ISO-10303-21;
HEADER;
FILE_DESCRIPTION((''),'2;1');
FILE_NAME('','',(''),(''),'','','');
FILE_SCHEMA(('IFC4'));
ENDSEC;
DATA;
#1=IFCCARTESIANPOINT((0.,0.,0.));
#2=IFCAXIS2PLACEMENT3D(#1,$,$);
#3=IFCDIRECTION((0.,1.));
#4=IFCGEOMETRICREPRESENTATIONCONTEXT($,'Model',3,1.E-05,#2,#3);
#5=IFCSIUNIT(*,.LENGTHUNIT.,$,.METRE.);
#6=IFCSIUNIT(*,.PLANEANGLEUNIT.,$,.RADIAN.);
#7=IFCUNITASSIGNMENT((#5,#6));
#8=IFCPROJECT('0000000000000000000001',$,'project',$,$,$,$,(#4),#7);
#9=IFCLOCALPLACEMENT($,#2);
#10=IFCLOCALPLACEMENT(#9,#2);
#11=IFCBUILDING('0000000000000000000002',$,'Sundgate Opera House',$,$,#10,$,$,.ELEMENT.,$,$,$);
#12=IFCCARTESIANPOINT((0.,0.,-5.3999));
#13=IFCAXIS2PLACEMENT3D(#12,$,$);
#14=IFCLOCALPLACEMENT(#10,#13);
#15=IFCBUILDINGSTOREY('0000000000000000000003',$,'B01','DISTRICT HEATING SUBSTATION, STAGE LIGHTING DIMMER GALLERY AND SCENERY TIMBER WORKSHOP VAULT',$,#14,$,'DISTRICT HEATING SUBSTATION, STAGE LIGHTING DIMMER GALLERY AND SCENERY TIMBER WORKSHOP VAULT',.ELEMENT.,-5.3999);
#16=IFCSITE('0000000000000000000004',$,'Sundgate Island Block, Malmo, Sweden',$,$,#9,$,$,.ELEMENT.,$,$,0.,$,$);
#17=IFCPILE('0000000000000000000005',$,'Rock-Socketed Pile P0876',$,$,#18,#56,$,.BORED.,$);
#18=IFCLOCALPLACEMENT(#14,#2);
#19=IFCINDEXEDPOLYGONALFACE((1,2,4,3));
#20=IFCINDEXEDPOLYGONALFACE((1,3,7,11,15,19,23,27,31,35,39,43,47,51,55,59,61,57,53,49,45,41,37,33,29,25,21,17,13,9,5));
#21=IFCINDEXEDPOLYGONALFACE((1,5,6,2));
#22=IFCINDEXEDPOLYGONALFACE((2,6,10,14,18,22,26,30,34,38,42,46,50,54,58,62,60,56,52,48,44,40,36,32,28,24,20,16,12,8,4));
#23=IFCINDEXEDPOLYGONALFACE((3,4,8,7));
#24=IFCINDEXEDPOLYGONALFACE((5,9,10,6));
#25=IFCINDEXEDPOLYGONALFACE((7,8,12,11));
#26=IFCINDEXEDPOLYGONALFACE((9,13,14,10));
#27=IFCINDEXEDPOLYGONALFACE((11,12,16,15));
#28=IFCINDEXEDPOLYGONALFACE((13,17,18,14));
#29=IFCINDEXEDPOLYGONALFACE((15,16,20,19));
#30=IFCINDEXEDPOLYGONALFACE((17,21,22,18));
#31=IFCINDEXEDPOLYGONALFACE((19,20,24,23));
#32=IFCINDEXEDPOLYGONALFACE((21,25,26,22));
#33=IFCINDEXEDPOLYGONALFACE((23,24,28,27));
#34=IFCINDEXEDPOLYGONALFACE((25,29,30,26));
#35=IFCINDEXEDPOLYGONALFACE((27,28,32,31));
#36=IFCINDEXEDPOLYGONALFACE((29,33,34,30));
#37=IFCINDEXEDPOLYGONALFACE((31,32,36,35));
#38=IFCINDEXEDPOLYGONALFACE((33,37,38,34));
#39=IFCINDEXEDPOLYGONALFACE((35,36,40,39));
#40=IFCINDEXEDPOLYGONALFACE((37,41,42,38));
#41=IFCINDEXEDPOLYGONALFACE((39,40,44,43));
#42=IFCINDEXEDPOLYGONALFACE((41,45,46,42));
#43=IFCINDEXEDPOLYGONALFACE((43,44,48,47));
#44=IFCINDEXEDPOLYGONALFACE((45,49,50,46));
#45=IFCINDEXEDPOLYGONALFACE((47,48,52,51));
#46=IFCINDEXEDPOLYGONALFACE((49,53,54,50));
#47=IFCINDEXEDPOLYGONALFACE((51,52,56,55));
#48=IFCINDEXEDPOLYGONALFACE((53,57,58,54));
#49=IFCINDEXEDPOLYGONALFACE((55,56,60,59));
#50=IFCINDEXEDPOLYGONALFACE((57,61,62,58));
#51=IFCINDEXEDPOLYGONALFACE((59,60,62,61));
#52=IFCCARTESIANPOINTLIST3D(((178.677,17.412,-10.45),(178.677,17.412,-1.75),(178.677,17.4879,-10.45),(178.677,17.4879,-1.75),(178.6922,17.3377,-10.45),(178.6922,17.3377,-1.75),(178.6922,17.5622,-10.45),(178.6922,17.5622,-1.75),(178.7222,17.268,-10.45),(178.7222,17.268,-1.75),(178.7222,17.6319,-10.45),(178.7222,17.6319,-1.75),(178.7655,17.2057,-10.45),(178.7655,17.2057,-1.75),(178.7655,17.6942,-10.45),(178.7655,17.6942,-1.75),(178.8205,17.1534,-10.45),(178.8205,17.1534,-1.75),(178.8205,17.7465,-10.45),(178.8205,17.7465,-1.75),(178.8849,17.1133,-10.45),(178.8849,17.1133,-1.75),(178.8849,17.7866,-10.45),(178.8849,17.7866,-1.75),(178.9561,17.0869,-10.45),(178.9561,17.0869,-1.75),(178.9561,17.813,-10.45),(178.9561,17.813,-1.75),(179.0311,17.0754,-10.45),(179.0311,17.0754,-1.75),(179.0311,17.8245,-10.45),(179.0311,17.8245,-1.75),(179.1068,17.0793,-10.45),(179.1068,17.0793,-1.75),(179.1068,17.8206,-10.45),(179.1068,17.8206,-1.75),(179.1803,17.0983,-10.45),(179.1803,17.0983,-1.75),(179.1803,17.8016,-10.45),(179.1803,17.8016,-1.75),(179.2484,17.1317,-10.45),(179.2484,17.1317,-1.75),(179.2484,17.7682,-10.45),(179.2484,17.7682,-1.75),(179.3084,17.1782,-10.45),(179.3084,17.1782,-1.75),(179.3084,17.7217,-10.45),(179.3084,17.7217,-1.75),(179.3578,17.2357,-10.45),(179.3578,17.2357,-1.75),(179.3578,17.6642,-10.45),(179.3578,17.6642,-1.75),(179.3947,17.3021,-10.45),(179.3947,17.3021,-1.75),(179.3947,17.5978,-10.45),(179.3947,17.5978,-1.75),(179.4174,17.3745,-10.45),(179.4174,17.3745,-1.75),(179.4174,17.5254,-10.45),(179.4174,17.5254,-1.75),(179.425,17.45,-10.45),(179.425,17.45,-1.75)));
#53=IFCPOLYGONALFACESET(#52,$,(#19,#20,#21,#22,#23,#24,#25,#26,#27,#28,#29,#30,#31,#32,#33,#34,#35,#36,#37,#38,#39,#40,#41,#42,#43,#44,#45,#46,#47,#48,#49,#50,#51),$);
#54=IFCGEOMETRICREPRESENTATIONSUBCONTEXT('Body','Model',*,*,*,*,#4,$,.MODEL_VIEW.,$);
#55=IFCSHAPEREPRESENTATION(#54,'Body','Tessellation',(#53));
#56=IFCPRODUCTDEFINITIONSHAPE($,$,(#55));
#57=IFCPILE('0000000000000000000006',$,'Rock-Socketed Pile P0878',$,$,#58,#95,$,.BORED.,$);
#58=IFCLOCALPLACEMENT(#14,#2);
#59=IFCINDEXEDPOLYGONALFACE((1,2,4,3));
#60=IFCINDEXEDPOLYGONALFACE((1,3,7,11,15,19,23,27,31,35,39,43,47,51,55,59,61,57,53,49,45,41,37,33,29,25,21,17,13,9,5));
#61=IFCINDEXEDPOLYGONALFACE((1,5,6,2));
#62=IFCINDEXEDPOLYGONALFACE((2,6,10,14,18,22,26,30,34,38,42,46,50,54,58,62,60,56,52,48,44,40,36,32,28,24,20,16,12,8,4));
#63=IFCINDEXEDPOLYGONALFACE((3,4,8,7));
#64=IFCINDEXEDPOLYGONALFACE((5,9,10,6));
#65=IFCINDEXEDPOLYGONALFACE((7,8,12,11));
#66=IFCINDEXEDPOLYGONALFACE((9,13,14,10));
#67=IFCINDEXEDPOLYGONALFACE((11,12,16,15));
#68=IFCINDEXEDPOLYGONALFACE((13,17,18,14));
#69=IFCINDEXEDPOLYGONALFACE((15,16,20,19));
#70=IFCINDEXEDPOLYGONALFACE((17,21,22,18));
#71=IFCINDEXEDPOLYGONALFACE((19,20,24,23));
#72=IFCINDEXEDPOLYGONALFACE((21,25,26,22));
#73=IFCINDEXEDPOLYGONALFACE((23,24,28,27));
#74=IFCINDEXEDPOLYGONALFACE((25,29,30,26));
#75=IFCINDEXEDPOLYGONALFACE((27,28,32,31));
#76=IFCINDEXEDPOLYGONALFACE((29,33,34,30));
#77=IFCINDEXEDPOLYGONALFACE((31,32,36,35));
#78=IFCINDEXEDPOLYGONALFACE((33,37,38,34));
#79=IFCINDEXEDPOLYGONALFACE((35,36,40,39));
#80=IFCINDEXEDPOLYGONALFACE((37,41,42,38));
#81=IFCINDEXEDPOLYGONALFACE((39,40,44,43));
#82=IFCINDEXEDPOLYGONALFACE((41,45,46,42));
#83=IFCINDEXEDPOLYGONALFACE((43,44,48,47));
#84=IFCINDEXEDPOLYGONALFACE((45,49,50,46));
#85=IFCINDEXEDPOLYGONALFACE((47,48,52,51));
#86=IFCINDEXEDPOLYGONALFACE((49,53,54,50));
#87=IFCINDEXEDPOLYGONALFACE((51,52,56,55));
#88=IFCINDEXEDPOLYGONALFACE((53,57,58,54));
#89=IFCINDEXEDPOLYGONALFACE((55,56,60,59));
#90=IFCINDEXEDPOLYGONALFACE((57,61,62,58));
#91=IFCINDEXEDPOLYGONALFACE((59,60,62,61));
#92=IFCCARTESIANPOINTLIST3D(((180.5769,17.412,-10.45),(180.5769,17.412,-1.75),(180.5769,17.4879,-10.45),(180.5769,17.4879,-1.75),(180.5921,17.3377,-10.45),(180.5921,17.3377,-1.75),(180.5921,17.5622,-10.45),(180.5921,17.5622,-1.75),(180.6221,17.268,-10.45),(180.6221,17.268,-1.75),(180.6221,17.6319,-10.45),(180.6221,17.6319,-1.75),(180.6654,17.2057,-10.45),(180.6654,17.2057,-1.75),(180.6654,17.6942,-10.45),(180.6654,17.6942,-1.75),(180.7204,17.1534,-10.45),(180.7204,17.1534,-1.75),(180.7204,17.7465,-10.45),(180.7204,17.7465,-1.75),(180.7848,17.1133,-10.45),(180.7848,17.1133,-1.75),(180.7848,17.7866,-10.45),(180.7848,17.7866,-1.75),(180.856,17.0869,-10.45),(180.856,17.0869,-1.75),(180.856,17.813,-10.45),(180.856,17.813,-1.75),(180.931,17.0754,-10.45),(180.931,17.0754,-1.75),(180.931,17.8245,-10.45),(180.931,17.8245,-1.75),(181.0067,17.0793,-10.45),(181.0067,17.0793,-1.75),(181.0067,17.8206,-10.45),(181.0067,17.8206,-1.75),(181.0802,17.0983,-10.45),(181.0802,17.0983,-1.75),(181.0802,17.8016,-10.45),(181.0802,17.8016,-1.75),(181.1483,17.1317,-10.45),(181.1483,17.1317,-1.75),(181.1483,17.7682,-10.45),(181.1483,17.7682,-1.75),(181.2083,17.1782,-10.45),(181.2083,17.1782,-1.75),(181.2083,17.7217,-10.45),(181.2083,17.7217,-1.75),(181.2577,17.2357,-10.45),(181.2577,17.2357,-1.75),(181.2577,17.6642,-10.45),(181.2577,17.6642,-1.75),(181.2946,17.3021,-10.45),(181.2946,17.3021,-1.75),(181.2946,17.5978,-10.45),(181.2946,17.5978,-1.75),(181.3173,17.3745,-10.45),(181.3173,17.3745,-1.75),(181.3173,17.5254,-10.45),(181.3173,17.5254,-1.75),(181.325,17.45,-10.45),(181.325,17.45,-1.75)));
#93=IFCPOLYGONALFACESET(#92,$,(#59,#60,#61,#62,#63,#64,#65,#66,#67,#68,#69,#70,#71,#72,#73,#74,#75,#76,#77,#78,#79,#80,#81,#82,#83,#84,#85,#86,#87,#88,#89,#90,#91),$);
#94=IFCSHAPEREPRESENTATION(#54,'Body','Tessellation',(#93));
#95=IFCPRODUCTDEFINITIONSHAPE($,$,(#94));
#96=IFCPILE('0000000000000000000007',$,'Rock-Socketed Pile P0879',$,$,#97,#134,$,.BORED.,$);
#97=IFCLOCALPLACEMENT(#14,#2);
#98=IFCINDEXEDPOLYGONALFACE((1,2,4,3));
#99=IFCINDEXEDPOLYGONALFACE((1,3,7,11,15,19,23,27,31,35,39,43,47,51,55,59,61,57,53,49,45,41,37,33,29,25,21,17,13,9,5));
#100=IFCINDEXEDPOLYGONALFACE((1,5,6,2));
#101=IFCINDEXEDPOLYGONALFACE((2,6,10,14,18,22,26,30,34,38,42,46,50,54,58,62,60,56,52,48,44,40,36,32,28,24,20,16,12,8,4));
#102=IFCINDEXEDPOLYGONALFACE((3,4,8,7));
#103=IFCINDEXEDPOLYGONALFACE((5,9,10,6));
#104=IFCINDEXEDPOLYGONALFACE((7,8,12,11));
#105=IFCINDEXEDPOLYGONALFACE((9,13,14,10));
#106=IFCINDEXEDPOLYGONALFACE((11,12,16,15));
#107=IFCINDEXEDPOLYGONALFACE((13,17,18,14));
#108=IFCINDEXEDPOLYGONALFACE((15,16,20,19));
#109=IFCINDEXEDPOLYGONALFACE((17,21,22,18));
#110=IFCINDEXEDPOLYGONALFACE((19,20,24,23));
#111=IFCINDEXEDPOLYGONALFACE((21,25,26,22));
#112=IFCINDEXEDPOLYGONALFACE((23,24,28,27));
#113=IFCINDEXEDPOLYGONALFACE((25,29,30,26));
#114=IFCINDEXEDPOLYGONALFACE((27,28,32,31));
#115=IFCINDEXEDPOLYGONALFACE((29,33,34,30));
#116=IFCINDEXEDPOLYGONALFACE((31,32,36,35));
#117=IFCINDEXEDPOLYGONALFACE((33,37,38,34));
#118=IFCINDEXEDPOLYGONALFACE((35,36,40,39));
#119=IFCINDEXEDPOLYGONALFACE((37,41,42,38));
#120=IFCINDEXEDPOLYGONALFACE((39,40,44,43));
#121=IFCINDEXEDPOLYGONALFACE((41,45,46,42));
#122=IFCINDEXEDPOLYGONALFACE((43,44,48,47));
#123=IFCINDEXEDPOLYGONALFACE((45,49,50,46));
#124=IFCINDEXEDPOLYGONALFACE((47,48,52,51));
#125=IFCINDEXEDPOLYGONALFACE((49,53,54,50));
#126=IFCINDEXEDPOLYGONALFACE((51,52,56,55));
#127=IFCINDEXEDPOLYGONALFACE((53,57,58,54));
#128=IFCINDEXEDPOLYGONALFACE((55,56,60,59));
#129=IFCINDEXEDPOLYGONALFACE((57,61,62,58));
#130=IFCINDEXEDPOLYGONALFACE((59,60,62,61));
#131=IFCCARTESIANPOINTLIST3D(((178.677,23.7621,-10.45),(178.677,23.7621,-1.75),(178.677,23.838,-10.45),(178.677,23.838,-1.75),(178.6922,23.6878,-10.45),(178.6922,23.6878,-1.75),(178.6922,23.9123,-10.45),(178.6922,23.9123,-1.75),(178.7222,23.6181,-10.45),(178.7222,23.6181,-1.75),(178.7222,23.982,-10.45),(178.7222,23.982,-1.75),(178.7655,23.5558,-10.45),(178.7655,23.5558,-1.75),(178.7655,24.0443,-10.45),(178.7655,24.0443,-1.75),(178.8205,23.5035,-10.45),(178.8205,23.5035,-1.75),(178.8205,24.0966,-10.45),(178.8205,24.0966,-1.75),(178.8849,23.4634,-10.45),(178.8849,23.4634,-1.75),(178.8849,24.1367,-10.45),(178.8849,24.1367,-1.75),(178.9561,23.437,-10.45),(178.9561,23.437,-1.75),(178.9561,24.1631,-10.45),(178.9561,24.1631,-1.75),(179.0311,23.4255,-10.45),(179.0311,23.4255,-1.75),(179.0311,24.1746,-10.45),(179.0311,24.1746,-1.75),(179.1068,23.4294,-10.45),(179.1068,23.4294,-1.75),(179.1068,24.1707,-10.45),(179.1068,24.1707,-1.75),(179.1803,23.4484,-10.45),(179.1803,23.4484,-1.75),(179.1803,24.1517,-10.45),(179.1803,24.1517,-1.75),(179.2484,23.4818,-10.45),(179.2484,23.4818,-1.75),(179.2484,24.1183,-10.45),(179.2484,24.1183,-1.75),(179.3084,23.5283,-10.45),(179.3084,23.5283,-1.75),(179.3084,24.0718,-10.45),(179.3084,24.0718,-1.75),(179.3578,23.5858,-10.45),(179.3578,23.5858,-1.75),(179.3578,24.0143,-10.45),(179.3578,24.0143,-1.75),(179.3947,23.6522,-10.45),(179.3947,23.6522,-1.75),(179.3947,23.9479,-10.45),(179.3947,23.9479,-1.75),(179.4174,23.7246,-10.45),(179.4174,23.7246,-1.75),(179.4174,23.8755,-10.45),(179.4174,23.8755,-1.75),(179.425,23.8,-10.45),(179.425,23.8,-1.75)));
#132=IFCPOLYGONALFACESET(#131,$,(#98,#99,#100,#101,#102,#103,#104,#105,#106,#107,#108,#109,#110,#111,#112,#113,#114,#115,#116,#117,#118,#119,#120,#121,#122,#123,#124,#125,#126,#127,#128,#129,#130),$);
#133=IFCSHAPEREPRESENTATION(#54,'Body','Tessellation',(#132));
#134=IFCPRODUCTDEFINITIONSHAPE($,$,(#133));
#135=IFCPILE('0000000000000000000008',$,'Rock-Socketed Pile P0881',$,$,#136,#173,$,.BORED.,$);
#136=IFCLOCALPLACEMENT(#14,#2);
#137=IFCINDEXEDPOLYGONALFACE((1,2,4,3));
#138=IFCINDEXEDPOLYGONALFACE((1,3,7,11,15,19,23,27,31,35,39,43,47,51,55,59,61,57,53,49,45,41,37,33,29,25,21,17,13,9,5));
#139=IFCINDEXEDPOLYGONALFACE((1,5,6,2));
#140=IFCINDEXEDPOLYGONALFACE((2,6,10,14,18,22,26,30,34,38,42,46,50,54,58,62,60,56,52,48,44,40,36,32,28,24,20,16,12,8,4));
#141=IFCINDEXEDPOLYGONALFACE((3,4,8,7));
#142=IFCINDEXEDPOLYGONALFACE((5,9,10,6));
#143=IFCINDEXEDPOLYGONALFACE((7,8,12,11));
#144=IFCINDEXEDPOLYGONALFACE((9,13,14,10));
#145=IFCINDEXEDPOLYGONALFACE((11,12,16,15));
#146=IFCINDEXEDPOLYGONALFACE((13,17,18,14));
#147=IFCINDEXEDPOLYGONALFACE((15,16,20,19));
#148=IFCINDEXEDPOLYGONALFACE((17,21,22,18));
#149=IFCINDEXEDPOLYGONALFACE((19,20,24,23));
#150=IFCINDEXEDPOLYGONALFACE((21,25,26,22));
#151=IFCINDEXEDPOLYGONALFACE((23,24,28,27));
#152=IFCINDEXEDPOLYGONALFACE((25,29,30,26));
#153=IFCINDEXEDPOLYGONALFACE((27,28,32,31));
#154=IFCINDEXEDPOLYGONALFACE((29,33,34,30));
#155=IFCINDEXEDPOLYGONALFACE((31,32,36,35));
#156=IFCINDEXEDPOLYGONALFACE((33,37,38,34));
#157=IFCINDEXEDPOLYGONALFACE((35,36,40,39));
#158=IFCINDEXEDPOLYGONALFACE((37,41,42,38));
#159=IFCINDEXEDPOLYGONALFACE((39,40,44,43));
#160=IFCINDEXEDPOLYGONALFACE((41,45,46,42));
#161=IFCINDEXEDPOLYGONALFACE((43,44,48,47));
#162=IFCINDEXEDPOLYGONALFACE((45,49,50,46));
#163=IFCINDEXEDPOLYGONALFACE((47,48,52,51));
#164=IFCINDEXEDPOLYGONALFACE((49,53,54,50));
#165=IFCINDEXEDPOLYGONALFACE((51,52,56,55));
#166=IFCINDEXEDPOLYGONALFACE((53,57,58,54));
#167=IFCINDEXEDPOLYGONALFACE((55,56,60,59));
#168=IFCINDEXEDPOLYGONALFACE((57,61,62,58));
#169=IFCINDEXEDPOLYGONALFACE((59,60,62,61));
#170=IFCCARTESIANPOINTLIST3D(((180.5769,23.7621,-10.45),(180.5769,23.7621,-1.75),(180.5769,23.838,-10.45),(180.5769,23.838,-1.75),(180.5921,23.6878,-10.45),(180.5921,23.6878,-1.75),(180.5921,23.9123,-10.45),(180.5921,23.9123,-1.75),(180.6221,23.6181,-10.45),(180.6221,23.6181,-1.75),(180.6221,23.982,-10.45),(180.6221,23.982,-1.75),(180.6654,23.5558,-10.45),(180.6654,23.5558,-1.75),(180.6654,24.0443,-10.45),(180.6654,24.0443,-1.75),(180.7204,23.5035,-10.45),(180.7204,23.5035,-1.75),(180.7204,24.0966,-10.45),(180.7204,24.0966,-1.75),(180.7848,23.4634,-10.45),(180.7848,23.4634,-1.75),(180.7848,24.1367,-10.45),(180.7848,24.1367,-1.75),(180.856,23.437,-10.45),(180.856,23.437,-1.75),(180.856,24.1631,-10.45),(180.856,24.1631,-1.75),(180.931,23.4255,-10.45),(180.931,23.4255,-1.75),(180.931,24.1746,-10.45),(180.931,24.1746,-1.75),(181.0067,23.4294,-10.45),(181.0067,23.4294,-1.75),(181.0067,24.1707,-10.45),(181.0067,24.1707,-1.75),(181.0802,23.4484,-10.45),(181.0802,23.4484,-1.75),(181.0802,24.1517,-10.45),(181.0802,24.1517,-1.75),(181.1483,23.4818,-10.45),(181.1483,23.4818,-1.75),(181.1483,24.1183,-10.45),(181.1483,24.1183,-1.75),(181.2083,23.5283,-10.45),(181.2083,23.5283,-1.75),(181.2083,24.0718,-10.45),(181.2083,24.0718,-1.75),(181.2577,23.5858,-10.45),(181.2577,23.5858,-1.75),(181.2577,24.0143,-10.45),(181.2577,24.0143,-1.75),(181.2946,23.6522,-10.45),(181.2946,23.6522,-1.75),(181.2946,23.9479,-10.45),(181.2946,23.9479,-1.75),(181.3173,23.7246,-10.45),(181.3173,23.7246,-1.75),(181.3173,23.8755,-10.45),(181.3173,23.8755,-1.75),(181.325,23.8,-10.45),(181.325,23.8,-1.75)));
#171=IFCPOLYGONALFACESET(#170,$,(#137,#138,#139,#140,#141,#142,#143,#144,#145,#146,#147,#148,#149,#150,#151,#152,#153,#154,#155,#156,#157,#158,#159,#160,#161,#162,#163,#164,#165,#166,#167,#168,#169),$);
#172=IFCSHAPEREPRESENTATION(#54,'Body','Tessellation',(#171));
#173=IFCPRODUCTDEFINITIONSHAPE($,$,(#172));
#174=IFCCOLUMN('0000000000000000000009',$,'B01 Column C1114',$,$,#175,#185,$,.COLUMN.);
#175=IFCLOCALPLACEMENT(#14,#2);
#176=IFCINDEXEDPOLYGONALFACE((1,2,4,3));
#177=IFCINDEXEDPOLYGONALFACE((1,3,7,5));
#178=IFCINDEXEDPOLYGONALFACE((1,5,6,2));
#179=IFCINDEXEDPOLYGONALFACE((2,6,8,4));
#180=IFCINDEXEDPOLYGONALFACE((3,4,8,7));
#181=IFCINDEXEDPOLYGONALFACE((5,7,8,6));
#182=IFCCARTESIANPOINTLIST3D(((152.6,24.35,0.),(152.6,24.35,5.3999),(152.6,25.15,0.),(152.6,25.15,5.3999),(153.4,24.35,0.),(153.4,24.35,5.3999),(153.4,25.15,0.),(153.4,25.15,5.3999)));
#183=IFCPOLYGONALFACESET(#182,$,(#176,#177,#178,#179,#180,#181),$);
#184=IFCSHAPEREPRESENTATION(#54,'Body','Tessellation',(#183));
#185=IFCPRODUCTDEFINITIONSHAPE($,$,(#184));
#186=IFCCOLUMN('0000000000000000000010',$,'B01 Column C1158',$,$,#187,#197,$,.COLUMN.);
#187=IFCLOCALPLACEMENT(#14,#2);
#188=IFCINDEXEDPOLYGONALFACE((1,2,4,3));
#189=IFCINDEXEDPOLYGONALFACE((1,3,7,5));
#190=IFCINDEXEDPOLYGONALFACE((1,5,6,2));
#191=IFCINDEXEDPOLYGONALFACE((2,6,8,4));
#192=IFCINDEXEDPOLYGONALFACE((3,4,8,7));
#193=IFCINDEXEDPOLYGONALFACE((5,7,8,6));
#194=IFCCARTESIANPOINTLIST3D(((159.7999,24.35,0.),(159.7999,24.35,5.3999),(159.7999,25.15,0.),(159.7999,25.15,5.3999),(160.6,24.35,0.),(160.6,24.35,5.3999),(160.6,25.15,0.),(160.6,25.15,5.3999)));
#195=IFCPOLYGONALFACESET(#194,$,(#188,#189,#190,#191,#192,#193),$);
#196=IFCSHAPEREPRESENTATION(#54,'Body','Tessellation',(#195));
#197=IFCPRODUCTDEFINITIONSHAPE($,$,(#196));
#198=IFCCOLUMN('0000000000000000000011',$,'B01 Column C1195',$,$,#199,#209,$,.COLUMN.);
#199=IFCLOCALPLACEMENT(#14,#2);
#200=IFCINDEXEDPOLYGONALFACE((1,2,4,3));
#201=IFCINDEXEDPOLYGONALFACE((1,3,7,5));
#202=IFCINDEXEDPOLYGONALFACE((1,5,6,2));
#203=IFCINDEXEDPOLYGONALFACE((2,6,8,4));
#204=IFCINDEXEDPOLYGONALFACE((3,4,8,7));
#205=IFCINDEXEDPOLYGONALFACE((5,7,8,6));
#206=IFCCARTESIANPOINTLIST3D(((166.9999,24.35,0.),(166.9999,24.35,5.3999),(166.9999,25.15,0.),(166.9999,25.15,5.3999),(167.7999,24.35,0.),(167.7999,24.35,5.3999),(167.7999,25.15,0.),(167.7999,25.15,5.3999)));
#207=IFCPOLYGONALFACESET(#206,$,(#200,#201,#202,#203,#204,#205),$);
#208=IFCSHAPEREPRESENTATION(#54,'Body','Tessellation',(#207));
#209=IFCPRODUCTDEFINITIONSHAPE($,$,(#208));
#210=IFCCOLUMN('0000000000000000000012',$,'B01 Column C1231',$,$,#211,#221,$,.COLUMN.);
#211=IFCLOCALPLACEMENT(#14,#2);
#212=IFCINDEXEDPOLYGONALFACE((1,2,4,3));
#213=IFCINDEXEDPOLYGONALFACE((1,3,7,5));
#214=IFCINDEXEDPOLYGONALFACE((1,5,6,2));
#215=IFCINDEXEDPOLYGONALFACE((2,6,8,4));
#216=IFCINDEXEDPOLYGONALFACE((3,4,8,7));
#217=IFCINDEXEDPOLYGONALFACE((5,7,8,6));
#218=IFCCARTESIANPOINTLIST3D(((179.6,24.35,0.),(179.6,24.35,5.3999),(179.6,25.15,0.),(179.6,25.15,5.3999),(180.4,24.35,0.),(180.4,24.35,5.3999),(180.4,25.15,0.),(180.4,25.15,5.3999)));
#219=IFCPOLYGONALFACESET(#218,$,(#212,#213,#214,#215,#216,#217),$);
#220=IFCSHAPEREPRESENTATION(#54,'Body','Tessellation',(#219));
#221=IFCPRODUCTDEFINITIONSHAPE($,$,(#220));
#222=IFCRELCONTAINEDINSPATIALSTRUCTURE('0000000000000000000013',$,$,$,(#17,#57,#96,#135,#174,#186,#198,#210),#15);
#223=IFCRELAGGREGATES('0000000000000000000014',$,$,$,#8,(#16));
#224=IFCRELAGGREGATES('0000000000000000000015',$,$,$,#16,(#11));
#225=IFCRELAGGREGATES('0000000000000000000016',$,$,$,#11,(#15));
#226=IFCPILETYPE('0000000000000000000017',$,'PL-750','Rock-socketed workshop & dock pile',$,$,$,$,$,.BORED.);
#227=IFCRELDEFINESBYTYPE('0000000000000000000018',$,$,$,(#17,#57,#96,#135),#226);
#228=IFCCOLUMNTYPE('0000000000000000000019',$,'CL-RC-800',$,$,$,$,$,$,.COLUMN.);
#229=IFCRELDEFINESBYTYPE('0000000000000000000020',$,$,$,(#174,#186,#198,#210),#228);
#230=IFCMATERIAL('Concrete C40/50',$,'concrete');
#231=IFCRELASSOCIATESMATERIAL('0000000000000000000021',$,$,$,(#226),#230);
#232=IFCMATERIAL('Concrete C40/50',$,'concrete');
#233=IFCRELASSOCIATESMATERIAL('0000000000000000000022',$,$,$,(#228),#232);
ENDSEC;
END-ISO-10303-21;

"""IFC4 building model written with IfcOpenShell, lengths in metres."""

from ifc_helpers import new_model, si_unit, direction, frame, origin, origin_2d, place, context, subcontext, project, spatial, rectangle, circle, extrude, material, material_profile, profile_set, type_object, element, save


model = new_model("IFC4")

# Units and contexts
model_context = context("Model", 3, precision=1e-05, world=origin(), true_north=direction((0.0, 1.0)))
body_context = subcontext(model_context, "Body", "Model", "MODEL_VIEW")
ifc_project = project(units=[si_unit("LENGTHUNIT", "METRE"), si_unit("PLANEANGLEUNIT", "RADIAN")], contexts=[model_context])

# Site, building, storey
site_placement = place(None, origin())
site = spatial("IfcSite", under=ifc_project, at=site_placement, Name="Sundgate Island Block, Malmo, Sweden", CompositionType="ELEMENT", RefElevation=0.0)
building_placement = place(site_placement, origin())
building = spatial("IfcBuilding", under=site, at=building_placement, Name="Sundgate Opera House", CompositionType="ELEMENT")
storey_placement = place(building_placement, frame((0.0, 0.0, -5.3999)))
storey = spatial("IfcBuildingStorey", under=building, at=storey_placement, Name="B01", Description="DISTRICT HEATING SUBSTATION, STAGE LIGHTING DIMMER GALLERY AND SCENERY TIMBER WORKSHOP VAULT", LongName="DISTRICT HEATING SUBSTATION, STAGE LIGHTING DIMMER GALLERY AND SCENERY TIMBER WORKSHOP VAULT", CompositionType="ELEMENT", Elevation=-5.3999)

# Piles
ifc_material_1 = material(Name="Concrete C40/50", Category="concrete")
ifc_material_profile_1 = material_profile(ifc_material_1, circle(Radius=0.375, at=origin_2d()), Name="PILE D750")
ifc_profile_set_1 = profile_set([ifc_material_profile_1], Name="Concrete C40/50")
pile_type = type_object("IfcPileType", Name="PL-750", Description="Rock-socketed workshop & dock pile", PredefinedType="BORED", material=ifc_profile_set_1)
for number, where, z_axis, x_axis, name in (
    (1, (179.05, 17.45, -1.75), (0.0, 0.0, -1.0), (1.0, 0.0, 0.0), "Rock-Socketed Pile P0876"),
    (2, (180.95, 17.45, -1.75), (0.0, 0.0, -1.0), (1.0, 0.0, 0.0), "Rock-Socketed Pile P0878"),
    (3, (179.05, 23.8, -1.75), (0.0, 0.0, -1.0), (1.0, 0.0, 0.0), "Rock-Socketed Pile P0879"),
    (4, (180.95, 23.8, -1.75), (0.0, 0.0, -1.0), (1.0, 0.0, 0.0), "Rock-Socketed Pile P0881"),
):
    element("IfcPile", number, at=place(storey_placement, frame(where, z_axis=z_axis, x_axis=x_axis)), inside=storey, type_object=pile_type, Name=name, PredefinedType="BORED", context=body_context, shape_type="SweptSolid", body=[
        extrude(circle(Radius=0.375, at=origin_2d()), origin(), (0.0, 0.0, 1.0), 8.7),
    ])

# Columns
ifc_material_2 = material(Name="Concrete C40/50", Category="concrete")
ifc_material_profile_2 = material_profile(ifc_material_2, rectangle(XDim=0.8, YDim=0.8, at=origin_2d()), Name="RC 800x800")
ifc_profile_set_2 = profile_set([ifc_material_profile_2], Name="Concrete C40/50")
column_type = type_object("IfcColumnType", Name="CL-RC-800", PredefinedType="COLUMN", material=ifc_profile_set_2)
for number, where, z_axis, x_axis, name in (
    (5, (153.0, 24.75, 0.0), (0.0, 0.0, 1.0), (1.0, 0.0, 0.0), "B01 Column C1114"),
    (6, (160.2, 24.75, 0.0), (0.0, 0.0, 1.0), (1.0, 0.0, 0.0), "B01 Column C1158"),
    (7, (167.3999, 24.75, 0.0), (0.0, 0.0, 1.0), (1.0, 0.0, 0.0), "B01 Column C1195"),
    (8, (180.0, 24.75, 0.0), (0.0, 0.0, 1.0), (1.0, 0.0, 0.0), "B01 Column C1231"),
):
    element("IfcColumn", number, at=place(storey_placement, frame(where, z_axis=z_axis, x_axis=x_axis)), inside=storey, type_object=column_type, Name=name, PredefinedType="COLUMN", context=body_context, shape_type="SweptSolid", body=[
        extrude(rectangle(XDim=0.8, YDim=0.8, at=origin_2d()), origin(), (0.0, 0.0, 1.0), 5.3999),
    ])

save(model, "model.ifc")
